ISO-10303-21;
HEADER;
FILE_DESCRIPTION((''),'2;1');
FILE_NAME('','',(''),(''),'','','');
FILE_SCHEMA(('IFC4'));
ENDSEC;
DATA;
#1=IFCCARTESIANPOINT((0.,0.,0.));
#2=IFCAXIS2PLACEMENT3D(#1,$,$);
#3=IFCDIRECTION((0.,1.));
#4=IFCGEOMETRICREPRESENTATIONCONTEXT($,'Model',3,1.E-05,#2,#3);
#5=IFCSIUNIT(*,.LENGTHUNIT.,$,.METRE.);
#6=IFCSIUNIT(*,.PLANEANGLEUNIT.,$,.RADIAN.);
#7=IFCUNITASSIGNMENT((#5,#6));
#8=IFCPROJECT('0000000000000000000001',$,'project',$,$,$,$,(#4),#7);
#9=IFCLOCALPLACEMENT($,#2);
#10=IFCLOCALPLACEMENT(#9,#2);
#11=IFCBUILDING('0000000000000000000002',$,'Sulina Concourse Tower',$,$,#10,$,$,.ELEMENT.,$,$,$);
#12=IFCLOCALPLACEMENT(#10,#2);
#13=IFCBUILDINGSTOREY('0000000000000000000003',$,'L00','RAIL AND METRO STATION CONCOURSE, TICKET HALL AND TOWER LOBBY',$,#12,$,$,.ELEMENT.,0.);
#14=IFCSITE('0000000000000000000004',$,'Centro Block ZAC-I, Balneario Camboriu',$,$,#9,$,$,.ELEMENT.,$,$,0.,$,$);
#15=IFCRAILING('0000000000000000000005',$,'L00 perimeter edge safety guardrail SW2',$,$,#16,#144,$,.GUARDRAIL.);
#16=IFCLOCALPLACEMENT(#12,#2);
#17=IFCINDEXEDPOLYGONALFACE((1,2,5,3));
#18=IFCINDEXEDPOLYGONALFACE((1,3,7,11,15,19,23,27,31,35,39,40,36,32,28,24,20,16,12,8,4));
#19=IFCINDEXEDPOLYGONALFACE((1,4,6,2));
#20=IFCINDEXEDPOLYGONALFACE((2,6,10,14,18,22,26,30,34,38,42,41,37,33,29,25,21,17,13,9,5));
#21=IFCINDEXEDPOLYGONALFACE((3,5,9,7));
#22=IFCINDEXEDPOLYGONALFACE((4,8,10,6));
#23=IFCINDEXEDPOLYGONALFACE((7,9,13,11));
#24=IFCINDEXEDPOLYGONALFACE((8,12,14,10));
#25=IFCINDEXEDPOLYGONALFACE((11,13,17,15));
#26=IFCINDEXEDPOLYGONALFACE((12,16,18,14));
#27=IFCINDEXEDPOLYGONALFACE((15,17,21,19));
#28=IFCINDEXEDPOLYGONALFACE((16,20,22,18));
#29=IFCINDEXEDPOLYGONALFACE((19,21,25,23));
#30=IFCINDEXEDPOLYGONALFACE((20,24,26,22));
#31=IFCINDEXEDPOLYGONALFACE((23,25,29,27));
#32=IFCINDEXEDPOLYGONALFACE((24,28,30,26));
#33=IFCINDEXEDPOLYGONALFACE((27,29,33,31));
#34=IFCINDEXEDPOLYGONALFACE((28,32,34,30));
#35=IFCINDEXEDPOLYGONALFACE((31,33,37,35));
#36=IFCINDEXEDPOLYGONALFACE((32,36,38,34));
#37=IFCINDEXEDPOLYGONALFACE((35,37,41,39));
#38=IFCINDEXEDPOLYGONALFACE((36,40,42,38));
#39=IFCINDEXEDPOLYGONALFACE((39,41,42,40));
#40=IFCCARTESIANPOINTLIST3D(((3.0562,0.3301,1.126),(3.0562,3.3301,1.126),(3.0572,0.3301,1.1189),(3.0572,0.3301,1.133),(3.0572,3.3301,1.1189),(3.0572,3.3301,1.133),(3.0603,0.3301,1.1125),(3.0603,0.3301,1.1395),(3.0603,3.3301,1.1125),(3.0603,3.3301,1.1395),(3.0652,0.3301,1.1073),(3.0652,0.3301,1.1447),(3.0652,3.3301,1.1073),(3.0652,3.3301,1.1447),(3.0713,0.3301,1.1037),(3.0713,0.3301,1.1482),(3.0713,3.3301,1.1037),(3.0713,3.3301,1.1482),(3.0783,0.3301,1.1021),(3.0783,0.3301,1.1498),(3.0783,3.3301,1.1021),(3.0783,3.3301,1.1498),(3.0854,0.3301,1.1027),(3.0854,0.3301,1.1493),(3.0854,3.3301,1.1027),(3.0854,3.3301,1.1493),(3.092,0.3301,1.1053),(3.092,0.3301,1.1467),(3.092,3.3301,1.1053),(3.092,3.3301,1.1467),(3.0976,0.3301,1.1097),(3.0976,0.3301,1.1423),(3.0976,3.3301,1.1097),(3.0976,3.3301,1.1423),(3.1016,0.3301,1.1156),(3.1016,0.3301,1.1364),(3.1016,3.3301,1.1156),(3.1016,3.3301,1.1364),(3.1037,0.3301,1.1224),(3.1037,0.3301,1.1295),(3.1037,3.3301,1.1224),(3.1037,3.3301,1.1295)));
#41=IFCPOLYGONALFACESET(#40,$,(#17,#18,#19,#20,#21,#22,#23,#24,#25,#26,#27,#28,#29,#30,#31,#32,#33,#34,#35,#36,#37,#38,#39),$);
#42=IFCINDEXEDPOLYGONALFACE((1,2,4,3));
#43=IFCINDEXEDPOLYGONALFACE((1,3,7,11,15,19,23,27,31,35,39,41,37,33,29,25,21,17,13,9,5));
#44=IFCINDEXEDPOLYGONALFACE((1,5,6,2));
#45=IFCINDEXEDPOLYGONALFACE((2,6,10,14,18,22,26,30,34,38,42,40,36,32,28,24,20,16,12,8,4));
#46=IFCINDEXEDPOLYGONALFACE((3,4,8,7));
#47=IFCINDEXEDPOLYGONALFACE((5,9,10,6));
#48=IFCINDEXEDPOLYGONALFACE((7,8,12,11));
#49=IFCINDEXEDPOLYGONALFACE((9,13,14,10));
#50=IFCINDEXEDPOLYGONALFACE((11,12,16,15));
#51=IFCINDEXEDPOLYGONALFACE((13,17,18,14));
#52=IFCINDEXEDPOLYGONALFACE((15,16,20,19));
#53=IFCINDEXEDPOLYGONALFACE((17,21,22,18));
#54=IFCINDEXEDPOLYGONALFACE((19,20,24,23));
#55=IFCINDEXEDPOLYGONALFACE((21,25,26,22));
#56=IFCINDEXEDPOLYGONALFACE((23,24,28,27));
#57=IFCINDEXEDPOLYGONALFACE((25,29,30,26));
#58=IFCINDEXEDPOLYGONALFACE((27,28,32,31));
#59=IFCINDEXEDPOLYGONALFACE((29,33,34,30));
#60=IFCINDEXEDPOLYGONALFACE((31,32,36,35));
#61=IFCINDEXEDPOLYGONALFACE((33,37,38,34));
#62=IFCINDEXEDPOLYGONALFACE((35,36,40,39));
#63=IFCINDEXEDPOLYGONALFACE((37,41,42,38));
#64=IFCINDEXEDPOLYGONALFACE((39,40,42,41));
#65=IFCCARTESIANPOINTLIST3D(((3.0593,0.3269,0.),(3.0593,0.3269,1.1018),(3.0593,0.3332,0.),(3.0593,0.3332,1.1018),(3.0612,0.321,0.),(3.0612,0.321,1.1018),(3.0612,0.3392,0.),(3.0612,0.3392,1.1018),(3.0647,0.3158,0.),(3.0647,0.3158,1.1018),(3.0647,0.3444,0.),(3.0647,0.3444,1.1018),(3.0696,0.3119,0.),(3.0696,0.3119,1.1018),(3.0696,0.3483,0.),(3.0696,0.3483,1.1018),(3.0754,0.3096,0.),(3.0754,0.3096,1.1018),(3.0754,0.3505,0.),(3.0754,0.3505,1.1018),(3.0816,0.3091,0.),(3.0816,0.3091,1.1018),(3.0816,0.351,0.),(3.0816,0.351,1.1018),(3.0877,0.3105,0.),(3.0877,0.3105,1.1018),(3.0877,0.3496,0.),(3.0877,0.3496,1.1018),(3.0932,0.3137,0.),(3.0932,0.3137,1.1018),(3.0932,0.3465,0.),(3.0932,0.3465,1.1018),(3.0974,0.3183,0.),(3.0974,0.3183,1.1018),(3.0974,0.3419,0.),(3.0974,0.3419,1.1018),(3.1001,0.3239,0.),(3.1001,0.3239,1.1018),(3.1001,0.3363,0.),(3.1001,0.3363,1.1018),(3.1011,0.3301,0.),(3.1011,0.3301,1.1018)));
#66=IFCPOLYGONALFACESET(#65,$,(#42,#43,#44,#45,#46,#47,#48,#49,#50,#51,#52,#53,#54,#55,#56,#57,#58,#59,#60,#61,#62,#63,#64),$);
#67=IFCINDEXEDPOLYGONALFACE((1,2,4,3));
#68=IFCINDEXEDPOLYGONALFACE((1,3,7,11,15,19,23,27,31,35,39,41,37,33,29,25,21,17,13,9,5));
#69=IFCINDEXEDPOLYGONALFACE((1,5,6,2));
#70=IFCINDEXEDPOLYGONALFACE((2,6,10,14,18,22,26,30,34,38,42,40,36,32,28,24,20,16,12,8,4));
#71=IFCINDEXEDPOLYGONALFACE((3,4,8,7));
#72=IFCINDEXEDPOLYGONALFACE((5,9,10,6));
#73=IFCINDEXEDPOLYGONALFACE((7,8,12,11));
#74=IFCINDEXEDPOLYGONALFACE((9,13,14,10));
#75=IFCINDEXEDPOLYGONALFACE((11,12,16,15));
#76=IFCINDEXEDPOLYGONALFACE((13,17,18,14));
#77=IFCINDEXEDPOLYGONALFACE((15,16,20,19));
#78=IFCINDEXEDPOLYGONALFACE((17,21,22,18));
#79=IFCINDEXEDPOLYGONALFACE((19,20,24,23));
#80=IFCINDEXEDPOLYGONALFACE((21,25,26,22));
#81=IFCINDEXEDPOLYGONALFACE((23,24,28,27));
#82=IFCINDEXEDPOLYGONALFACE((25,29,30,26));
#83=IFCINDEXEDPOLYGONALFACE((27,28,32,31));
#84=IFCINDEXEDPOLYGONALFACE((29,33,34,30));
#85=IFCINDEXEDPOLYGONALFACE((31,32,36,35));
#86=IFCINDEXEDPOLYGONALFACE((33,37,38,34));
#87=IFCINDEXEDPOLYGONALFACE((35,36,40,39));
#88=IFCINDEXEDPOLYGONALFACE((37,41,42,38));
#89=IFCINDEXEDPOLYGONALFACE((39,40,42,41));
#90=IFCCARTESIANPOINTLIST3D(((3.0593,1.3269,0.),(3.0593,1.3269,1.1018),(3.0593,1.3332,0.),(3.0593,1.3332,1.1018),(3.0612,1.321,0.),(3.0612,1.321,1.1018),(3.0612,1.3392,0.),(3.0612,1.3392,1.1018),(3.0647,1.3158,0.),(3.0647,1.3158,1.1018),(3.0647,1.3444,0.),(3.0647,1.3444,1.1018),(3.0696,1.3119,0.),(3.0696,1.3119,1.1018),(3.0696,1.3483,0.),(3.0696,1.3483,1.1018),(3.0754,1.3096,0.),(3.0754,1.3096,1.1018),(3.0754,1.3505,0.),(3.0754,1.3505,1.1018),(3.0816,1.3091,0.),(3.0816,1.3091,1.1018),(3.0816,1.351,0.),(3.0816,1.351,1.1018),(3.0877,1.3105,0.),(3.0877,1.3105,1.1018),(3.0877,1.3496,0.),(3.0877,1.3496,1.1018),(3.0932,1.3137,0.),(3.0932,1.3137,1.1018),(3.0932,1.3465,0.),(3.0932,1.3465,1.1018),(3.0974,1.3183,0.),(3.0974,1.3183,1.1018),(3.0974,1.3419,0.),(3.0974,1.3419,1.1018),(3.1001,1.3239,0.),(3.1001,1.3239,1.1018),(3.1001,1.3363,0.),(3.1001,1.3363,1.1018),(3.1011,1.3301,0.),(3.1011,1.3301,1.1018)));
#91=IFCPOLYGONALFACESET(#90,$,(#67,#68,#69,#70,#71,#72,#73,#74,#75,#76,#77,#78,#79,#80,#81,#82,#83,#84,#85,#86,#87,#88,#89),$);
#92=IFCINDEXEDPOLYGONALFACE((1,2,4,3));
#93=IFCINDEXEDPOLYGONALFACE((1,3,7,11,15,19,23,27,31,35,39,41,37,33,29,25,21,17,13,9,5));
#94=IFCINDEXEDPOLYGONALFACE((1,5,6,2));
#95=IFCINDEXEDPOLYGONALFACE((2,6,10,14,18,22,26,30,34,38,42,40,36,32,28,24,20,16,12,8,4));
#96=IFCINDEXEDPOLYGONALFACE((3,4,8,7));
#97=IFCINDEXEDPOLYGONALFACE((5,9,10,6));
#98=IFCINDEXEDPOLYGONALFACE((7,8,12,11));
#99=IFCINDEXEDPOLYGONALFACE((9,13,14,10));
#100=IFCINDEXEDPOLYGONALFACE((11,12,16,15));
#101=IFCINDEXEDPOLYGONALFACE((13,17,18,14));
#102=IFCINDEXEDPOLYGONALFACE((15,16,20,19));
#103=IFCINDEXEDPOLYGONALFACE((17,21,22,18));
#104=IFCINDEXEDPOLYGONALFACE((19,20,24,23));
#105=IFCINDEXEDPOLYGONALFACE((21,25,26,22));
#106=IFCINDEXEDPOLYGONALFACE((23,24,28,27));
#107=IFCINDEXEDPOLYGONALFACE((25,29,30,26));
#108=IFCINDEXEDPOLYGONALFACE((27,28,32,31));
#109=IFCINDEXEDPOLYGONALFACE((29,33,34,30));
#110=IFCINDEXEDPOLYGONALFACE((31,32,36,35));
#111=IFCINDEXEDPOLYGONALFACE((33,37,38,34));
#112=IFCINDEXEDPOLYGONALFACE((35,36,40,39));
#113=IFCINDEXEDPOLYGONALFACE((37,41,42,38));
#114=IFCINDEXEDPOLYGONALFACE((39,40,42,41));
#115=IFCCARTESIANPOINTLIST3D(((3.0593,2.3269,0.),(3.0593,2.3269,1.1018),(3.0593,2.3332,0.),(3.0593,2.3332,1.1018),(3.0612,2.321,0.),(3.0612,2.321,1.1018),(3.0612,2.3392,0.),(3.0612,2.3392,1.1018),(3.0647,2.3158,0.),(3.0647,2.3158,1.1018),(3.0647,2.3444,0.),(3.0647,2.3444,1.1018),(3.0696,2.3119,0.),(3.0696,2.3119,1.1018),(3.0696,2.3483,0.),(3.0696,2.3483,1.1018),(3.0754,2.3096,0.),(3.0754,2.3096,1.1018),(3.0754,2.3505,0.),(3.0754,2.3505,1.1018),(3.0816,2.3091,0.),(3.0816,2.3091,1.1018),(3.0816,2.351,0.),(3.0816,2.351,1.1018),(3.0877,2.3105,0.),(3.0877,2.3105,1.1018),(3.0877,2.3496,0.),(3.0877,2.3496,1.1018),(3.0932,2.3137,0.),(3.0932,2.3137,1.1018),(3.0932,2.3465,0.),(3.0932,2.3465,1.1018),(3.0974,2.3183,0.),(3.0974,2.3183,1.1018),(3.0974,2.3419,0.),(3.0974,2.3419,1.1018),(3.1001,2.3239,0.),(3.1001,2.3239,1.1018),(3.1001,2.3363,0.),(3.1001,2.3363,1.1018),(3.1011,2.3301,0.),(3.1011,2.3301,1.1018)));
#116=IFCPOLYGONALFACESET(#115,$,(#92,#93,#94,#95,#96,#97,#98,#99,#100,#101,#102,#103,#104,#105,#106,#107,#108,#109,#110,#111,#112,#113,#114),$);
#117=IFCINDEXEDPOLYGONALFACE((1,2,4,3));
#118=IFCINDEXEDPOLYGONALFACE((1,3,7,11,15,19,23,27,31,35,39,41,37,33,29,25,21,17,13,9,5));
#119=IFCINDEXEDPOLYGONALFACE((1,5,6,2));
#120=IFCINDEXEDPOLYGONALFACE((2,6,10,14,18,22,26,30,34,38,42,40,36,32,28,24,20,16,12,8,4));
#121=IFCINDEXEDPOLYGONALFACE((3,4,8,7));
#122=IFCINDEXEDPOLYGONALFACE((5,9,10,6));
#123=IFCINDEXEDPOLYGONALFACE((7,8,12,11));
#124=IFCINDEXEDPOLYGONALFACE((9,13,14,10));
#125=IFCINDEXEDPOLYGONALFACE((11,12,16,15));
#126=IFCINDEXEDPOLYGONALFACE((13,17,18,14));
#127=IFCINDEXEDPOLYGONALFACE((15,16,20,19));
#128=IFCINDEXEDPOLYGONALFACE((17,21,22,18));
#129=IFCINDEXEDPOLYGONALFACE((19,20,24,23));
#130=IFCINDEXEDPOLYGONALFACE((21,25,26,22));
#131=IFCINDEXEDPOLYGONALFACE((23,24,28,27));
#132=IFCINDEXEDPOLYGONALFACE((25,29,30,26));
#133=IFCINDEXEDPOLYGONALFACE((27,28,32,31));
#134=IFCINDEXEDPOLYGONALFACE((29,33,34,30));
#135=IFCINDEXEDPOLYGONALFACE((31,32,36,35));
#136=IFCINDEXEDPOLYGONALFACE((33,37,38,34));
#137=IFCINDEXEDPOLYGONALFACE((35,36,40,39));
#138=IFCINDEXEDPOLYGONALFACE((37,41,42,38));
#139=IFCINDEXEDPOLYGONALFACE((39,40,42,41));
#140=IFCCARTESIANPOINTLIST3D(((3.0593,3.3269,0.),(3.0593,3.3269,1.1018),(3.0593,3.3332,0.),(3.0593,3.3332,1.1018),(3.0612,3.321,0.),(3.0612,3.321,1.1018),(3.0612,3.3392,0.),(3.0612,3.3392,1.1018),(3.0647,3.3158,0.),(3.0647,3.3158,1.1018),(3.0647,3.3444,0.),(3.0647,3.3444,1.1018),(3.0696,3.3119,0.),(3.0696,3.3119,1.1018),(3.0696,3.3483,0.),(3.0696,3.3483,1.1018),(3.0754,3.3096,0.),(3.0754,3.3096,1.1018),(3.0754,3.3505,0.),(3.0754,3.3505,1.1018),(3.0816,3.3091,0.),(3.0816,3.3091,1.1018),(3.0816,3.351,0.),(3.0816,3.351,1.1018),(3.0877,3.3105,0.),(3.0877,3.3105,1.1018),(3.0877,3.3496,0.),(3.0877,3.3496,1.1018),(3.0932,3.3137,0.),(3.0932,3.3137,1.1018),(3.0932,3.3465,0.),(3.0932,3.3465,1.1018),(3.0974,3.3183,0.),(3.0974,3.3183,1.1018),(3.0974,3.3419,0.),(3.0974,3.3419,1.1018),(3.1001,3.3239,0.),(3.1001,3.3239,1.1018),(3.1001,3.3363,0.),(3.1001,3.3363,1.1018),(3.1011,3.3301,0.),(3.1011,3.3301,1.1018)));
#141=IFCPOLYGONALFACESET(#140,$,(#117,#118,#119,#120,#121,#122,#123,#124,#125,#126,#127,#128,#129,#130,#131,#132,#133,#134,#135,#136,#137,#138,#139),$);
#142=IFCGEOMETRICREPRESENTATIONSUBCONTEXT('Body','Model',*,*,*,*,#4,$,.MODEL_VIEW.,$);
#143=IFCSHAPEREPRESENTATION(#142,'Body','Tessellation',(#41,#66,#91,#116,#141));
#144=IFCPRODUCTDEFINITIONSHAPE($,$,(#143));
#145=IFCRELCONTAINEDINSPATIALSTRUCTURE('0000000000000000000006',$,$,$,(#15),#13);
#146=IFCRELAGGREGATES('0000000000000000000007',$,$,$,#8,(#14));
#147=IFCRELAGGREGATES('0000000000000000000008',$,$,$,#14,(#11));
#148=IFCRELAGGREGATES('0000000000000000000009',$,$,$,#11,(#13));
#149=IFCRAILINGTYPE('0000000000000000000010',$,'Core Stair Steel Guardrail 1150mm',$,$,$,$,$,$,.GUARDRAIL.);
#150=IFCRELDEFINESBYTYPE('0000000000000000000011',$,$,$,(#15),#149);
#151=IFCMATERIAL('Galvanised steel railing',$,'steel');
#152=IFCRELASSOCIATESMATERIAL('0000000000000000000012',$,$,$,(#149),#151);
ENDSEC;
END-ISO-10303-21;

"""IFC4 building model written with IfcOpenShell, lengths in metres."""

from ifc_helpers import new_model, si_unit, direction, frame, origin, origin_2d, place, context, subcontext, project, spatial, circle, extrude, material, type_object, element, save


model = new_model("IFC4")

# Units and contexts
model_context = context("Model", 3, precision=1e-05, world=origin(), true_north=direction((0.0, 1.0)))
body_context = subcontext(model_context, "Body", "Model", "MODEL_VIEW")
ifc_project = project(units=[si_unit("LENGTHUNIT", "METRE"), si_unit("PLANEANGLEUNIT", "RADIAN")], contexts=[model_context])

# Site, building, storey
site_placement = place(None, origin())
site = spatial("IfcSite", under=ifc_project, at=site_placement, Name="Centro Block ZAC-I, Balneario Camboriu", CompositionType="ELEMENT", RefElevation=0.0)
building_placement = place(site_placement, origin())
building = spatial("IfcBuilding", under=site, at=building_placement, Name="Sulina Concourse Tower", CompositionType="ELEMENT")
storey_placement = place(building_placement, origin())
storey = spatial("IfcBuildingStorey", under=building, at=storey_placement, Name="L00", Description="RAIL AND METRO STATION CONCOURSE, TICKET HALL AND TOWER LOBBY", CompositionType="ELEMENT", Elevation=0.0)

# Railing
ifc_material_1 = material(Name="Galvanised steel railing", Category="steel")
railing_type = type_object("IfcRailingType", Name="Core Stair Steel Guardrail 1150mm", PredefinedType="GUARDRAIL", material=ifc_material_1)
railing_1_placement = place(storey_placement, frame((3.0801, 0.3301, 0.0)))
element("IfcRailing", 1, at=railing_1_placement, inside=storey, type_object=railing_type, Name="L00 perimeter edge safety guardrail SW2", PredefinedType="GUARDRAIL", context=body_context, shape_type="SweptSolid", body=[
    extrude(circle(Radius=0.0239, at=origin_2d()), frame((0.0, 0.0, 1.126), z_axis=(0.0, 1.0, 0.0), x_axis=(-1.0, 0.0, 0.0)), (0.0, 0.0, 1.0), 3.0),
    extrude(circle(Radius=0.021, at=origin_2d()), origin(), (0.0, 0.0, 1.0), 1.1018),
    extrude(circle(Radius=0.021, at=origin_2d()), frame((0.0, 1.0, 0.0)), (0.0, 0.0, 1.0), 1.1018),
    extrude(circle(Radius=0.021, at=origin_2d()), frame((0.0, 2.0, 0.0)), (0.0, 0.0, 1.0), 1.1018),
    extrude(circle(Radius=0.021, at=origin_2d()), frame((0.0, 3.0, 0.0)), (0.0, 0.0, 1.0), 1.1018),
])

save(model, "model.ifc")
